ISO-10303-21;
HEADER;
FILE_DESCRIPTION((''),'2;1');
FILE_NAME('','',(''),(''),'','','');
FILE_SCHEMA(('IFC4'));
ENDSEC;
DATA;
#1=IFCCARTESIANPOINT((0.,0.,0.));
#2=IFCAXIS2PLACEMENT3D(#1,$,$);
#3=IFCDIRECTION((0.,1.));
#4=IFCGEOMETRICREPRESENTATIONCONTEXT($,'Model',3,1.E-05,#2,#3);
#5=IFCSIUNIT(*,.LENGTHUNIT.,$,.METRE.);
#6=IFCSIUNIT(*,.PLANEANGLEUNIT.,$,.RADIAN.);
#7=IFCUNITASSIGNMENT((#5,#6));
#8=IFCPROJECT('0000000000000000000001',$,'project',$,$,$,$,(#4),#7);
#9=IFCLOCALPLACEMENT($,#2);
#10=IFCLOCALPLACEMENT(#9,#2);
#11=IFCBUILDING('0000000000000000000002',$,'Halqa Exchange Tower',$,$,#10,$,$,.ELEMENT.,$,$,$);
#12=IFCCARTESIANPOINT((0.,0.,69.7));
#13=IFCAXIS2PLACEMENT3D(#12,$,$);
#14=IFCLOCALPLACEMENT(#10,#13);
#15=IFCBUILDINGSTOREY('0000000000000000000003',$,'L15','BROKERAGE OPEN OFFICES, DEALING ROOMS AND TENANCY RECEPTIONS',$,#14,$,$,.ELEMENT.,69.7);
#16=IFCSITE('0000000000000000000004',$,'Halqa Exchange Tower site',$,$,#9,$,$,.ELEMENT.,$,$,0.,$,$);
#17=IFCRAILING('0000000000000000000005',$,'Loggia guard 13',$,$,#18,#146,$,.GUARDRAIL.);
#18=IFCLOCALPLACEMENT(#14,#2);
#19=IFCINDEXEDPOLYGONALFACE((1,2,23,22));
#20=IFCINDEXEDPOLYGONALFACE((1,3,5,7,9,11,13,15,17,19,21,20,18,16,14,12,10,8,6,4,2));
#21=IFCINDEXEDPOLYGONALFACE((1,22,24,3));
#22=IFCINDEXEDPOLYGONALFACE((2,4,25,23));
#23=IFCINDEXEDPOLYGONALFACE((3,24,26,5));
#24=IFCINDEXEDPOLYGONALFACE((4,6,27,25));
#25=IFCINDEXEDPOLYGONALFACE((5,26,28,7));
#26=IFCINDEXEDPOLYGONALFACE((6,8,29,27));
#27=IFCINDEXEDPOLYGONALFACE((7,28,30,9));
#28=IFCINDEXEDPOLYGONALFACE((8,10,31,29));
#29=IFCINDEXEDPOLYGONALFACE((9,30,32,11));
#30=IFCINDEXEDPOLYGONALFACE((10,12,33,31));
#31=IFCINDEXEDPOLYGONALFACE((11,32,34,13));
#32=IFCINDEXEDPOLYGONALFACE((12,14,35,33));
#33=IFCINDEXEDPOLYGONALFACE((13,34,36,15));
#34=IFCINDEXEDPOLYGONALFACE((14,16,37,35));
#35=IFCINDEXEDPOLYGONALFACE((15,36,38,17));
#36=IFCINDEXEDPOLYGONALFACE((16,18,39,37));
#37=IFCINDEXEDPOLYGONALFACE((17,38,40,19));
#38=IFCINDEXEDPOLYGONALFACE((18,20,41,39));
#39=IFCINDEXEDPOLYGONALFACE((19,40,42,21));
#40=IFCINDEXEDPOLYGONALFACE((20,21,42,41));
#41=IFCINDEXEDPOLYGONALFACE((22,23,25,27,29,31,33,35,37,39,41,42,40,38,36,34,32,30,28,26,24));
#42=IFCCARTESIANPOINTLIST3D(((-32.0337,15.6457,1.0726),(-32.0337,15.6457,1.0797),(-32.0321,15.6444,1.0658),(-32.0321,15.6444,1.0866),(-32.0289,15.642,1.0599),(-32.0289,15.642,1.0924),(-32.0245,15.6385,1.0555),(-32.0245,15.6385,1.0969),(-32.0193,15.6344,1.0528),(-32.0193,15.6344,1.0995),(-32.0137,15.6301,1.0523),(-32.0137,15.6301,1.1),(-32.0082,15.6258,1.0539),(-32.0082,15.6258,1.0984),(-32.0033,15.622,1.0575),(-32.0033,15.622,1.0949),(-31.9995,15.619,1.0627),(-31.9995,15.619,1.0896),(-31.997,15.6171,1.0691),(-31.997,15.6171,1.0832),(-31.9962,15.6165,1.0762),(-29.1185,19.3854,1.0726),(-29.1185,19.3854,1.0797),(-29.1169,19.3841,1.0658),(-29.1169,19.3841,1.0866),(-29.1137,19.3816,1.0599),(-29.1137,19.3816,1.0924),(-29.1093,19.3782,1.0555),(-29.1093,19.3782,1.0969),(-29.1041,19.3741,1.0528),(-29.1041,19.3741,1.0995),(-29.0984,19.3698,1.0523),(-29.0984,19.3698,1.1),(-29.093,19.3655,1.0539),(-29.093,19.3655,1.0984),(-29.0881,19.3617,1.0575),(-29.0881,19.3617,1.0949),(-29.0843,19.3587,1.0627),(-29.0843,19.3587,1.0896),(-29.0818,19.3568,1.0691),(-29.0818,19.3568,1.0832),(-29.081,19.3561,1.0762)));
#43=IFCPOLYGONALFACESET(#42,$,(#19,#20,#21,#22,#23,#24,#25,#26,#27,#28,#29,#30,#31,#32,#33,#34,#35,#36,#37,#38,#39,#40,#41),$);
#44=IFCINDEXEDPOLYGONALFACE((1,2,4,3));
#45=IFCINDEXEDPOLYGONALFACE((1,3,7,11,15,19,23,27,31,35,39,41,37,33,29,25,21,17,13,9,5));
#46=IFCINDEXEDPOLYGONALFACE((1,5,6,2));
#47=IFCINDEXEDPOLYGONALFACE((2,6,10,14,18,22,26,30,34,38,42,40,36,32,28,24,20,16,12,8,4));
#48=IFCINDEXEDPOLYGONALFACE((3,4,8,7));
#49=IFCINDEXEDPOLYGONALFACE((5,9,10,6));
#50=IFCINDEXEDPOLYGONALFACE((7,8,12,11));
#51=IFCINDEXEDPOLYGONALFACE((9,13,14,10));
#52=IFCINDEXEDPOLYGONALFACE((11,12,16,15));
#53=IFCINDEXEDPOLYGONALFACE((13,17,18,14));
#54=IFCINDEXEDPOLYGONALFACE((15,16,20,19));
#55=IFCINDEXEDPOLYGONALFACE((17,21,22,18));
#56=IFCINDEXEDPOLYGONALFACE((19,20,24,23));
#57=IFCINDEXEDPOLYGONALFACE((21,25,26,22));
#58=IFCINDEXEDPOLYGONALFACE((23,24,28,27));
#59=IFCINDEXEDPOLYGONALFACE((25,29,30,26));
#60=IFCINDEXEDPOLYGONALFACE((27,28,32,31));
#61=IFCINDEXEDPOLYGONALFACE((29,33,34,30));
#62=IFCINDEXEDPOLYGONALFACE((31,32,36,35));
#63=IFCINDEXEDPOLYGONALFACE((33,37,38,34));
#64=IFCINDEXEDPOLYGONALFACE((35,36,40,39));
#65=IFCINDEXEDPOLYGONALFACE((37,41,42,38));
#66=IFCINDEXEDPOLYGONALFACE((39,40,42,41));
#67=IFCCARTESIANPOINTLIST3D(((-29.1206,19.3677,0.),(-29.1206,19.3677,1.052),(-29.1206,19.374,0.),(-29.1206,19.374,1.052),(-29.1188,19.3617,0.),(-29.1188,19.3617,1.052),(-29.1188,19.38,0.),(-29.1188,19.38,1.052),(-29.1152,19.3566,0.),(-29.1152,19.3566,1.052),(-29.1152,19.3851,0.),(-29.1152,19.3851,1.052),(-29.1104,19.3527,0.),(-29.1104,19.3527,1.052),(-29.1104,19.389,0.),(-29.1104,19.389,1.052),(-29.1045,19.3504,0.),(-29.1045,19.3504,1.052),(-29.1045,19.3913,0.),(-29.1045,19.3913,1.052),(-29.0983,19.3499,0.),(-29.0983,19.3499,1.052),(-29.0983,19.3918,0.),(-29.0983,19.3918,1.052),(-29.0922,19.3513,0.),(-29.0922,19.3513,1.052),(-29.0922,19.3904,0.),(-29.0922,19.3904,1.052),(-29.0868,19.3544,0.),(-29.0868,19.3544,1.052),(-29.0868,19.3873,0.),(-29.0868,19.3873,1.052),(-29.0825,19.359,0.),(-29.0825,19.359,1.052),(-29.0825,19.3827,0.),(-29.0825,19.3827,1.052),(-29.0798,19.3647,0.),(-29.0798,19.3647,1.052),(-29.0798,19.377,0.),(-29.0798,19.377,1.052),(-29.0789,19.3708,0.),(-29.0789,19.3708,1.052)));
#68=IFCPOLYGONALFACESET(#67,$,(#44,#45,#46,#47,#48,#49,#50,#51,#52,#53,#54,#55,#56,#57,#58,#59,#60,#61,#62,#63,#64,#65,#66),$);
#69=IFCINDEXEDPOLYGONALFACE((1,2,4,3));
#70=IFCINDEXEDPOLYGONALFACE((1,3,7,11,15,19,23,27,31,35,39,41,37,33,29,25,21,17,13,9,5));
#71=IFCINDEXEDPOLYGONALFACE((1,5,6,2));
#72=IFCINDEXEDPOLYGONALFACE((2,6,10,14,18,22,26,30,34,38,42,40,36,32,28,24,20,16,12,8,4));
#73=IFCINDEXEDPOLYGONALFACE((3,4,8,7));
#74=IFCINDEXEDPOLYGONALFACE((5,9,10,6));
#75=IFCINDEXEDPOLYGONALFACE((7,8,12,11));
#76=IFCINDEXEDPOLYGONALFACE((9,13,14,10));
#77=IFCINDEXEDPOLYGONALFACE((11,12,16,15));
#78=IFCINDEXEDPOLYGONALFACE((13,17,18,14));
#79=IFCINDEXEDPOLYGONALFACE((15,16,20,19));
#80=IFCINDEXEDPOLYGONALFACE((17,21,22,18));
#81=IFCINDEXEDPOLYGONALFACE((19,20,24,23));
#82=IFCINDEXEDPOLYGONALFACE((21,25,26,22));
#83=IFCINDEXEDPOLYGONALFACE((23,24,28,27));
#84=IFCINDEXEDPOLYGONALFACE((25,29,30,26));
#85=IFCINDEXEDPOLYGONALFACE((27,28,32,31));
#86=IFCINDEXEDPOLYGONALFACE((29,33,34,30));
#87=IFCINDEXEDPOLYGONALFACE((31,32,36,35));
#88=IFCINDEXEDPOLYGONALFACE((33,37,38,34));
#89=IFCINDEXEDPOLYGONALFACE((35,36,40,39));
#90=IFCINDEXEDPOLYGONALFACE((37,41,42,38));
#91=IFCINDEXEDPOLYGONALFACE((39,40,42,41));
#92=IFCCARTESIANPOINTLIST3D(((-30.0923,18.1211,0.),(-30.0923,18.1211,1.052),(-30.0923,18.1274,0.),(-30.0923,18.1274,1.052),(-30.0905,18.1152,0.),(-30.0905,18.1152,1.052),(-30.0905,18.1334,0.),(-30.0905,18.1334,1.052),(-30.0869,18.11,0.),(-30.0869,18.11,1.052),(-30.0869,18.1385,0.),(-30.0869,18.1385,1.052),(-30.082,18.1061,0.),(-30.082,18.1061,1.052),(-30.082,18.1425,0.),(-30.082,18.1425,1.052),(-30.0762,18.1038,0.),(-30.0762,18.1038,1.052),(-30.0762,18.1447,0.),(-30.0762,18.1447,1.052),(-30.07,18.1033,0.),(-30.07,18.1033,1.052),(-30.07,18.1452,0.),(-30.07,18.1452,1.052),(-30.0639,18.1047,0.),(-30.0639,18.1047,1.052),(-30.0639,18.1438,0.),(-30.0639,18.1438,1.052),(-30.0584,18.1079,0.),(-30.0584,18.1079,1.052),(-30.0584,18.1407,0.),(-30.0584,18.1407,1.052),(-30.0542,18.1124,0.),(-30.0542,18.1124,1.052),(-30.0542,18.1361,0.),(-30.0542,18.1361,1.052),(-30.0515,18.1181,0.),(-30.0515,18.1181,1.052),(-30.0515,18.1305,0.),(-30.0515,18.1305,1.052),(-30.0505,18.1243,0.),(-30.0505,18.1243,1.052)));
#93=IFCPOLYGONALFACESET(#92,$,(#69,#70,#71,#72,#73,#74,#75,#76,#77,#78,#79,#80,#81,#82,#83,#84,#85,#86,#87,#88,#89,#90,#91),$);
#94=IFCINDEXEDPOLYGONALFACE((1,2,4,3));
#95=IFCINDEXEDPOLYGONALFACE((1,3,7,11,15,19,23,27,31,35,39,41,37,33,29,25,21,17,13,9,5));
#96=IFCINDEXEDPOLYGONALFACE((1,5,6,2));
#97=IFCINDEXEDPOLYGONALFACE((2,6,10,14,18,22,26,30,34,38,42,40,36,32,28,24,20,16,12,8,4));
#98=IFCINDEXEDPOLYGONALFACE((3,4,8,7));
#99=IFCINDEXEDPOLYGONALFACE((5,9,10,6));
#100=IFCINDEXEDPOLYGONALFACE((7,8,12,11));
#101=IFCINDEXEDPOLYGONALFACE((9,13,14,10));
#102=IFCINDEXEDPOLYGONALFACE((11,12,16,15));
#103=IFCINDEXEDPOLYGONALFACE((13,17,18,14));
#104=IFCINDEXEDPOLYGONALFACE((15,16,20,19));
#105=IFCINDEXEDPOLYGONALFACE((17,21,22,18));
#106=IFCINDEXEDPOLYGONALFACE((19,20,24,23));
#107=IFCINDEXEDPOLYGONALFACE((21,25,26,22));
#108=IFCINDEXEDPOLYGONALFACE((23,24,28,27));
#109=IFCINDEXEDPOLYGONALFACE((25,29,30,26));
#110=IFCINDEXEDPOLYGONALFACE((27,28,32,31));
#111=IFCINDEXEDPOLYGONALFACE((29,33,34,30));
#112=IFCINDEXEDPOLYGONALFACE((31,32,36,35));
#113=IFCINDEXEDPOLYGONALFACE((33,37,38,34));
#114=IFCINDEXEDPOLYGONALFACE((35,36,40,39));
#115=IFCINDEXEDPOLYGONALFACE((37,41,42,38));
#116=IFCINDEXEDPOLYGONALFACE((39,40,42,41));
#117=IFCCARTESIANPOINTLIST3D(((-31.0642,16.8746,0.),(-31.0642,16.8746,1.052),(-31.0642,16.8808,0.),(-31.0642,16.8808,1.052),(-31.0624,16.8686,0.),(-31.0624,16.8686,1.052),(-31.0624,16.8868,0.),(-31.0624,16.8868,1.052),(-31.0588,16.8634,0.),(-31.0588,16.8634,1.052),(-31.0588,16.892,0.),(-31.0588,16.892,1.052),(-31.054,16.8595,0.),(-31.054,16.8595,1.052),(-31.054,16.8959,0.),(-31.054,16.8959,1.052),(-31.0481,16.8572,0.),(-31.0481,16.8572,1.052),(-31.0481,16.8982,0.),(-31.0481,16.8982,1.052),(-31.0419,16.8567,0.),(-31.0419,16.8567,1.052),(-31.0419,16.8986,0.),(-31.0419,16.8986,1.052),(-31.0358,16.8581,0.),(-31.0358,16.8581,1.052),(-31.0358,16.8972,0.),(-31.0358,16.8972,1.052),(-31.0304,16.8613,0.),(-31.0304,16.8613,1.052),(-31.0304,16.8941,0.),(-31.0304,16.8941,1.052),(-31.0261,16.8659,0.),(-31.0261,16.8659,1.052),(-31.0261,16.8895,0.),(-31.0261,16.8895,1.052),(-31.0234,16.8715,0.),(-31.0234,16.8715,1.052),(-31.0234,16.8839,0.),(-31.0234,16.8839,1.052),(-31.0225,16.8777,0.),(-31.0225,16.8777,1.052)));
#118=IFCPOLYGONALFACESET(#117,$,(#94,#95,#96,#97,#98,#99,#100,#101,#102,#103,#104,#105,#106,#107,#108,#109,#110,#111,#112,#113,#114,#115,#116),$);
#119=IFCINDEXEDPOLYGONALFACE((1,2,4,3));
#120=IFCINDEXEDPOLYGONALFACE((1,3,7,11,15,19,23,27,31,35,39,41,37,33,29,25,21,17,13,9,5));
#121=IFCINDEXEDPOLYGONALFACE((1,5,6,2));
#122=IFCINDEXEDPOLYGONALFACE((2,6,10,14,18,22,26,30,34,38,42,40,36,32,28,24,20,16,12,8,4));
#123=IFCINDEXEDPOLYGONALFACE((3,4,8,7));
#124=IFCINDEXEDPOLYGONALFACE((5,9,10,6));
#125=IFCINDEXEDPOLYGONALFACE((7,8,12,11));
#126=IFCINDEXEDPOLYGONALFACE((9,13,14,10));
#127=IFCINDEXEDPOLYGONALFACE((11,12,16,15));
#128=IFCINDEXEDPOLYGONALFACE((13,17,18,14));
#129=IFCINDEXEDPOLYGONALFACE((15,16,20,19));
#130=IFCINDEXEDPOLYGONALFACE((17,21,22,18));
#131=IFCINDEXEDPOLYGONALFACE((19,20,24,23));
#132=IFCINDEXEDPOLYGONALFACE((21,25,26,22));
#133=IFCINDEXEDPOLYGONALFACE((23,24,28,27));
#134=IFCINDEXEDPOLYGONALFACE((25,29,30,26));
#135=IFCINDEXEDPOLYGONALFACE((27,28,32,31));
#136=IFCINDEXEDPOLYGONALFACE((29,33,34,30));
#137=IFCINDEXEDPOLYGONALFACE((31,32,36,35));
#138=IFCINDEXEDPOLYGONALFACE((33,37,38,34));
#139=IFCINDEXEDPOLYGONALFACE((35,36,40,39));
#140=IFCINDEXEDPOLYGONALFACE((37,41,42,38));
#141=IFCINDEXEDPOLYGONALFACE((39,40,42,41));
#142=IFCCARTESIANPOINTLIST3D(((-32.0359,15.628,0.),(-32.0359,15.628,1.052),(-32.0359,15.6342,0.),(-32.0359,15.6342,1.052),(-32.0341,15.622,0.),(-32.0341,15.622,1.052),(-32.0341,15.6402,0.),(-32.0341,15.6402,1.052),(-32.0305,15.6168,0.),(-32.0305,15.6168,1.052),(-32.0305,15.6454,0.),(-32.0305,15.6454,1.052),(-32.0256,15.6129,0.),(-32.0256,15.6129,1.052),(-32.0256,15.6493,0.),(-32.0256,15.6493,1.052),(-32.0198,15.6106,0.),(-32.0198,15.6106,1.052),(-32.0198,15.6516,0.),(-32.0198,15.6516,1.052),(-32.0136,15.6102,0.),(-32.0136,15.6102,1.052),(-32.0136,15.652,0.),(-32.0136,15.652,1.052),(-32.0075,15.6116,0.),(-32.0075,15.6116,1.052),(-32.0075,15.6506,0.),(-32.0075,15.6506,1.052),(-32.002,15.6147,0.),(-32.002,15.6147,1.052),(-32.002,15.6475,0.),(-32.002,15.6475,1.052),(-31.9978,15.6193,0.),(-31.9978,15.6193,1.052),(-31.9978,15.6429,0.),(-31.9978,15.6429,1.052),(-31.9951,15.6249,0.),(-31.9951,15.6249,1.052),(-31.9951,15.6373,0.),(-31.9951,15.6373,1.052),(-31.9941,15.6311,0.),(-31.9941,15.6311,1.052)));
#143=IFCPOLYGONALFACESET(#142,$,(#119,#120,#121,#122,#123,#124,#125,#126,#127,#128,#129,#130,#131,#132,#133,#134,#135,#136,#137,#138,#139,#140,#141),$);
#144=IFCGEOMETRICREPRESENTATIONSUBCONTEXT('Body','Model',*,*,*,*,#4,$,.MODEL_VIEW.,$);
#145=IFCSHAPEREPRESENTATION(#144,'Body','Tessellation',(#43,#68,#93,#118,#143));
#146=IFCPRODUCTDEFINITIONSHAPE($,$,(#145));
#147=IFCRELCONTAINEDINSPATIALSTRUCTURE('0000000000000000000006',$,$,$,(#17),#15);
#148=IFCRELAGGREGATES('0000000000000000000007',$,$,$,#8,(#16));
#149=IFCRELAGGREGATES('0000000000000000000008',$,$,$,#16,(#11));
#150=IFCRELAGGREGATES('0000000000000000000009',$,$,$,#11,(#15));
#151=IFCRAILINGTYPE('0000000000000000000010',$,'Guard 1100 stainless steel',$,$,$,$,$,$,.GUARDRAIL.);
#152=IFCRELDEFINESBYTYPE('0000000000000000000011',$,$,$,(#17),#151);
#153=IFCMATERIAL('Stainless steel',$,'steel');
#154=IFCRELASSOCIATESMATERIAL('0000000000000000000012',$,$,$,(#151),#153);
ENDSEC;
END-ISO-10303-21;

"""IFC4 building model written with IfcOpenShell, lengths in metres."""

from ifc_helpers import new_model, si_unit, direction, frame, origin, origin_2d, place, context, subcontext, project, spatial, circle, extrude, material, type_object, element, save


model = new_model("IFC4")

# Units and contexts
model_context = context("Model", 3, precision=1e-05, world=origin(), true_north=direction((0.0, 1.0)))
body_context = subcontext(model_context, "Body", "Model", "MODEL_VIEW")
ifc_project = project(units=[si_unit("LENGTHUNIT", "METRE"), si_unit("PLANEANGLEUNIT", "RADIAN")], contexts=[model_context])

# Site, building, storey
site_placement = place(None, origin())
site = spatial("IfcSite", under=ifc_project, at=site_placement, Name="Halqa Exchange Tower site", CompositionType="ELEMENT", RefElevation=0.0)
building_placement = place(site_placement, origin())
building = spatial("IfcBuilding", under=site, at=building_placement, Name="Halqa Exchange Tower", CompositionType="ELEMENT")
storey_placement = place(building_placement, frame((0.0, 0.0, 69.7)))
storey = spatial("IfcBuildingStorey", under=building, at=storey_placement, Name="L15", Description="BROKERAGE OPEN OFFICES, DEALING ROOMS AND TENANCY RECEPTIONS", CompositionType="ELEMENT", Elevation=69.7)

# Railing
ifc_material_1 = material(Name="Stainless steel", Category="steel")
railing_type = type_object("IfcRailingType", Name="Guard 1100 stainless steel", PredefinedType="GUARDRAIL", material=ifc_material_1)
railing_1_placement = place(storey_placement, frame((-29.0999, 19.3708, 0.0)))
element("IfcRailing", 1, at=railing_1_placement, inside=storey, type_object=railing_type, Name="Loggia guard 13", PredefinedType="GUARDRAIL", context=body_context, shape_type="SweptSolid", body=[
    extrude(circle(Radius=0.0239, at=origin_2d()), frame((0.0, 0.0, 1.0762), z_axis=(-0.614806, -0.788678, 0.0), x_axis=(0.788678, -0.614806, 0.0)), (0.0, 0.0, 1.0), 4.7417),
    extrude(circle(Radius=0.021, at=origin_2d()), origin(), (0.0, 0.0, 1.0), 1.052),
    extrude(circle(Radius=0.021, at=origin_2d()), frame((-0.9717, -1.2466, 0.0)), (0.0, 0.0, 1.0), 1.052),
    extrude(circle(Radius=0.021, at=origin_2d()), frame((-1.9436, -2.4932, 0.0)), (0.0, 0.0, 1.0), 1.052),
    extrude(circle(Radius=0.021, at=origin_2d()), frame((-2.9153, -3.7397, 0.0)), (0.0, 0.0, 1.0), 1.052),
])

save(model, "model.ifc")
